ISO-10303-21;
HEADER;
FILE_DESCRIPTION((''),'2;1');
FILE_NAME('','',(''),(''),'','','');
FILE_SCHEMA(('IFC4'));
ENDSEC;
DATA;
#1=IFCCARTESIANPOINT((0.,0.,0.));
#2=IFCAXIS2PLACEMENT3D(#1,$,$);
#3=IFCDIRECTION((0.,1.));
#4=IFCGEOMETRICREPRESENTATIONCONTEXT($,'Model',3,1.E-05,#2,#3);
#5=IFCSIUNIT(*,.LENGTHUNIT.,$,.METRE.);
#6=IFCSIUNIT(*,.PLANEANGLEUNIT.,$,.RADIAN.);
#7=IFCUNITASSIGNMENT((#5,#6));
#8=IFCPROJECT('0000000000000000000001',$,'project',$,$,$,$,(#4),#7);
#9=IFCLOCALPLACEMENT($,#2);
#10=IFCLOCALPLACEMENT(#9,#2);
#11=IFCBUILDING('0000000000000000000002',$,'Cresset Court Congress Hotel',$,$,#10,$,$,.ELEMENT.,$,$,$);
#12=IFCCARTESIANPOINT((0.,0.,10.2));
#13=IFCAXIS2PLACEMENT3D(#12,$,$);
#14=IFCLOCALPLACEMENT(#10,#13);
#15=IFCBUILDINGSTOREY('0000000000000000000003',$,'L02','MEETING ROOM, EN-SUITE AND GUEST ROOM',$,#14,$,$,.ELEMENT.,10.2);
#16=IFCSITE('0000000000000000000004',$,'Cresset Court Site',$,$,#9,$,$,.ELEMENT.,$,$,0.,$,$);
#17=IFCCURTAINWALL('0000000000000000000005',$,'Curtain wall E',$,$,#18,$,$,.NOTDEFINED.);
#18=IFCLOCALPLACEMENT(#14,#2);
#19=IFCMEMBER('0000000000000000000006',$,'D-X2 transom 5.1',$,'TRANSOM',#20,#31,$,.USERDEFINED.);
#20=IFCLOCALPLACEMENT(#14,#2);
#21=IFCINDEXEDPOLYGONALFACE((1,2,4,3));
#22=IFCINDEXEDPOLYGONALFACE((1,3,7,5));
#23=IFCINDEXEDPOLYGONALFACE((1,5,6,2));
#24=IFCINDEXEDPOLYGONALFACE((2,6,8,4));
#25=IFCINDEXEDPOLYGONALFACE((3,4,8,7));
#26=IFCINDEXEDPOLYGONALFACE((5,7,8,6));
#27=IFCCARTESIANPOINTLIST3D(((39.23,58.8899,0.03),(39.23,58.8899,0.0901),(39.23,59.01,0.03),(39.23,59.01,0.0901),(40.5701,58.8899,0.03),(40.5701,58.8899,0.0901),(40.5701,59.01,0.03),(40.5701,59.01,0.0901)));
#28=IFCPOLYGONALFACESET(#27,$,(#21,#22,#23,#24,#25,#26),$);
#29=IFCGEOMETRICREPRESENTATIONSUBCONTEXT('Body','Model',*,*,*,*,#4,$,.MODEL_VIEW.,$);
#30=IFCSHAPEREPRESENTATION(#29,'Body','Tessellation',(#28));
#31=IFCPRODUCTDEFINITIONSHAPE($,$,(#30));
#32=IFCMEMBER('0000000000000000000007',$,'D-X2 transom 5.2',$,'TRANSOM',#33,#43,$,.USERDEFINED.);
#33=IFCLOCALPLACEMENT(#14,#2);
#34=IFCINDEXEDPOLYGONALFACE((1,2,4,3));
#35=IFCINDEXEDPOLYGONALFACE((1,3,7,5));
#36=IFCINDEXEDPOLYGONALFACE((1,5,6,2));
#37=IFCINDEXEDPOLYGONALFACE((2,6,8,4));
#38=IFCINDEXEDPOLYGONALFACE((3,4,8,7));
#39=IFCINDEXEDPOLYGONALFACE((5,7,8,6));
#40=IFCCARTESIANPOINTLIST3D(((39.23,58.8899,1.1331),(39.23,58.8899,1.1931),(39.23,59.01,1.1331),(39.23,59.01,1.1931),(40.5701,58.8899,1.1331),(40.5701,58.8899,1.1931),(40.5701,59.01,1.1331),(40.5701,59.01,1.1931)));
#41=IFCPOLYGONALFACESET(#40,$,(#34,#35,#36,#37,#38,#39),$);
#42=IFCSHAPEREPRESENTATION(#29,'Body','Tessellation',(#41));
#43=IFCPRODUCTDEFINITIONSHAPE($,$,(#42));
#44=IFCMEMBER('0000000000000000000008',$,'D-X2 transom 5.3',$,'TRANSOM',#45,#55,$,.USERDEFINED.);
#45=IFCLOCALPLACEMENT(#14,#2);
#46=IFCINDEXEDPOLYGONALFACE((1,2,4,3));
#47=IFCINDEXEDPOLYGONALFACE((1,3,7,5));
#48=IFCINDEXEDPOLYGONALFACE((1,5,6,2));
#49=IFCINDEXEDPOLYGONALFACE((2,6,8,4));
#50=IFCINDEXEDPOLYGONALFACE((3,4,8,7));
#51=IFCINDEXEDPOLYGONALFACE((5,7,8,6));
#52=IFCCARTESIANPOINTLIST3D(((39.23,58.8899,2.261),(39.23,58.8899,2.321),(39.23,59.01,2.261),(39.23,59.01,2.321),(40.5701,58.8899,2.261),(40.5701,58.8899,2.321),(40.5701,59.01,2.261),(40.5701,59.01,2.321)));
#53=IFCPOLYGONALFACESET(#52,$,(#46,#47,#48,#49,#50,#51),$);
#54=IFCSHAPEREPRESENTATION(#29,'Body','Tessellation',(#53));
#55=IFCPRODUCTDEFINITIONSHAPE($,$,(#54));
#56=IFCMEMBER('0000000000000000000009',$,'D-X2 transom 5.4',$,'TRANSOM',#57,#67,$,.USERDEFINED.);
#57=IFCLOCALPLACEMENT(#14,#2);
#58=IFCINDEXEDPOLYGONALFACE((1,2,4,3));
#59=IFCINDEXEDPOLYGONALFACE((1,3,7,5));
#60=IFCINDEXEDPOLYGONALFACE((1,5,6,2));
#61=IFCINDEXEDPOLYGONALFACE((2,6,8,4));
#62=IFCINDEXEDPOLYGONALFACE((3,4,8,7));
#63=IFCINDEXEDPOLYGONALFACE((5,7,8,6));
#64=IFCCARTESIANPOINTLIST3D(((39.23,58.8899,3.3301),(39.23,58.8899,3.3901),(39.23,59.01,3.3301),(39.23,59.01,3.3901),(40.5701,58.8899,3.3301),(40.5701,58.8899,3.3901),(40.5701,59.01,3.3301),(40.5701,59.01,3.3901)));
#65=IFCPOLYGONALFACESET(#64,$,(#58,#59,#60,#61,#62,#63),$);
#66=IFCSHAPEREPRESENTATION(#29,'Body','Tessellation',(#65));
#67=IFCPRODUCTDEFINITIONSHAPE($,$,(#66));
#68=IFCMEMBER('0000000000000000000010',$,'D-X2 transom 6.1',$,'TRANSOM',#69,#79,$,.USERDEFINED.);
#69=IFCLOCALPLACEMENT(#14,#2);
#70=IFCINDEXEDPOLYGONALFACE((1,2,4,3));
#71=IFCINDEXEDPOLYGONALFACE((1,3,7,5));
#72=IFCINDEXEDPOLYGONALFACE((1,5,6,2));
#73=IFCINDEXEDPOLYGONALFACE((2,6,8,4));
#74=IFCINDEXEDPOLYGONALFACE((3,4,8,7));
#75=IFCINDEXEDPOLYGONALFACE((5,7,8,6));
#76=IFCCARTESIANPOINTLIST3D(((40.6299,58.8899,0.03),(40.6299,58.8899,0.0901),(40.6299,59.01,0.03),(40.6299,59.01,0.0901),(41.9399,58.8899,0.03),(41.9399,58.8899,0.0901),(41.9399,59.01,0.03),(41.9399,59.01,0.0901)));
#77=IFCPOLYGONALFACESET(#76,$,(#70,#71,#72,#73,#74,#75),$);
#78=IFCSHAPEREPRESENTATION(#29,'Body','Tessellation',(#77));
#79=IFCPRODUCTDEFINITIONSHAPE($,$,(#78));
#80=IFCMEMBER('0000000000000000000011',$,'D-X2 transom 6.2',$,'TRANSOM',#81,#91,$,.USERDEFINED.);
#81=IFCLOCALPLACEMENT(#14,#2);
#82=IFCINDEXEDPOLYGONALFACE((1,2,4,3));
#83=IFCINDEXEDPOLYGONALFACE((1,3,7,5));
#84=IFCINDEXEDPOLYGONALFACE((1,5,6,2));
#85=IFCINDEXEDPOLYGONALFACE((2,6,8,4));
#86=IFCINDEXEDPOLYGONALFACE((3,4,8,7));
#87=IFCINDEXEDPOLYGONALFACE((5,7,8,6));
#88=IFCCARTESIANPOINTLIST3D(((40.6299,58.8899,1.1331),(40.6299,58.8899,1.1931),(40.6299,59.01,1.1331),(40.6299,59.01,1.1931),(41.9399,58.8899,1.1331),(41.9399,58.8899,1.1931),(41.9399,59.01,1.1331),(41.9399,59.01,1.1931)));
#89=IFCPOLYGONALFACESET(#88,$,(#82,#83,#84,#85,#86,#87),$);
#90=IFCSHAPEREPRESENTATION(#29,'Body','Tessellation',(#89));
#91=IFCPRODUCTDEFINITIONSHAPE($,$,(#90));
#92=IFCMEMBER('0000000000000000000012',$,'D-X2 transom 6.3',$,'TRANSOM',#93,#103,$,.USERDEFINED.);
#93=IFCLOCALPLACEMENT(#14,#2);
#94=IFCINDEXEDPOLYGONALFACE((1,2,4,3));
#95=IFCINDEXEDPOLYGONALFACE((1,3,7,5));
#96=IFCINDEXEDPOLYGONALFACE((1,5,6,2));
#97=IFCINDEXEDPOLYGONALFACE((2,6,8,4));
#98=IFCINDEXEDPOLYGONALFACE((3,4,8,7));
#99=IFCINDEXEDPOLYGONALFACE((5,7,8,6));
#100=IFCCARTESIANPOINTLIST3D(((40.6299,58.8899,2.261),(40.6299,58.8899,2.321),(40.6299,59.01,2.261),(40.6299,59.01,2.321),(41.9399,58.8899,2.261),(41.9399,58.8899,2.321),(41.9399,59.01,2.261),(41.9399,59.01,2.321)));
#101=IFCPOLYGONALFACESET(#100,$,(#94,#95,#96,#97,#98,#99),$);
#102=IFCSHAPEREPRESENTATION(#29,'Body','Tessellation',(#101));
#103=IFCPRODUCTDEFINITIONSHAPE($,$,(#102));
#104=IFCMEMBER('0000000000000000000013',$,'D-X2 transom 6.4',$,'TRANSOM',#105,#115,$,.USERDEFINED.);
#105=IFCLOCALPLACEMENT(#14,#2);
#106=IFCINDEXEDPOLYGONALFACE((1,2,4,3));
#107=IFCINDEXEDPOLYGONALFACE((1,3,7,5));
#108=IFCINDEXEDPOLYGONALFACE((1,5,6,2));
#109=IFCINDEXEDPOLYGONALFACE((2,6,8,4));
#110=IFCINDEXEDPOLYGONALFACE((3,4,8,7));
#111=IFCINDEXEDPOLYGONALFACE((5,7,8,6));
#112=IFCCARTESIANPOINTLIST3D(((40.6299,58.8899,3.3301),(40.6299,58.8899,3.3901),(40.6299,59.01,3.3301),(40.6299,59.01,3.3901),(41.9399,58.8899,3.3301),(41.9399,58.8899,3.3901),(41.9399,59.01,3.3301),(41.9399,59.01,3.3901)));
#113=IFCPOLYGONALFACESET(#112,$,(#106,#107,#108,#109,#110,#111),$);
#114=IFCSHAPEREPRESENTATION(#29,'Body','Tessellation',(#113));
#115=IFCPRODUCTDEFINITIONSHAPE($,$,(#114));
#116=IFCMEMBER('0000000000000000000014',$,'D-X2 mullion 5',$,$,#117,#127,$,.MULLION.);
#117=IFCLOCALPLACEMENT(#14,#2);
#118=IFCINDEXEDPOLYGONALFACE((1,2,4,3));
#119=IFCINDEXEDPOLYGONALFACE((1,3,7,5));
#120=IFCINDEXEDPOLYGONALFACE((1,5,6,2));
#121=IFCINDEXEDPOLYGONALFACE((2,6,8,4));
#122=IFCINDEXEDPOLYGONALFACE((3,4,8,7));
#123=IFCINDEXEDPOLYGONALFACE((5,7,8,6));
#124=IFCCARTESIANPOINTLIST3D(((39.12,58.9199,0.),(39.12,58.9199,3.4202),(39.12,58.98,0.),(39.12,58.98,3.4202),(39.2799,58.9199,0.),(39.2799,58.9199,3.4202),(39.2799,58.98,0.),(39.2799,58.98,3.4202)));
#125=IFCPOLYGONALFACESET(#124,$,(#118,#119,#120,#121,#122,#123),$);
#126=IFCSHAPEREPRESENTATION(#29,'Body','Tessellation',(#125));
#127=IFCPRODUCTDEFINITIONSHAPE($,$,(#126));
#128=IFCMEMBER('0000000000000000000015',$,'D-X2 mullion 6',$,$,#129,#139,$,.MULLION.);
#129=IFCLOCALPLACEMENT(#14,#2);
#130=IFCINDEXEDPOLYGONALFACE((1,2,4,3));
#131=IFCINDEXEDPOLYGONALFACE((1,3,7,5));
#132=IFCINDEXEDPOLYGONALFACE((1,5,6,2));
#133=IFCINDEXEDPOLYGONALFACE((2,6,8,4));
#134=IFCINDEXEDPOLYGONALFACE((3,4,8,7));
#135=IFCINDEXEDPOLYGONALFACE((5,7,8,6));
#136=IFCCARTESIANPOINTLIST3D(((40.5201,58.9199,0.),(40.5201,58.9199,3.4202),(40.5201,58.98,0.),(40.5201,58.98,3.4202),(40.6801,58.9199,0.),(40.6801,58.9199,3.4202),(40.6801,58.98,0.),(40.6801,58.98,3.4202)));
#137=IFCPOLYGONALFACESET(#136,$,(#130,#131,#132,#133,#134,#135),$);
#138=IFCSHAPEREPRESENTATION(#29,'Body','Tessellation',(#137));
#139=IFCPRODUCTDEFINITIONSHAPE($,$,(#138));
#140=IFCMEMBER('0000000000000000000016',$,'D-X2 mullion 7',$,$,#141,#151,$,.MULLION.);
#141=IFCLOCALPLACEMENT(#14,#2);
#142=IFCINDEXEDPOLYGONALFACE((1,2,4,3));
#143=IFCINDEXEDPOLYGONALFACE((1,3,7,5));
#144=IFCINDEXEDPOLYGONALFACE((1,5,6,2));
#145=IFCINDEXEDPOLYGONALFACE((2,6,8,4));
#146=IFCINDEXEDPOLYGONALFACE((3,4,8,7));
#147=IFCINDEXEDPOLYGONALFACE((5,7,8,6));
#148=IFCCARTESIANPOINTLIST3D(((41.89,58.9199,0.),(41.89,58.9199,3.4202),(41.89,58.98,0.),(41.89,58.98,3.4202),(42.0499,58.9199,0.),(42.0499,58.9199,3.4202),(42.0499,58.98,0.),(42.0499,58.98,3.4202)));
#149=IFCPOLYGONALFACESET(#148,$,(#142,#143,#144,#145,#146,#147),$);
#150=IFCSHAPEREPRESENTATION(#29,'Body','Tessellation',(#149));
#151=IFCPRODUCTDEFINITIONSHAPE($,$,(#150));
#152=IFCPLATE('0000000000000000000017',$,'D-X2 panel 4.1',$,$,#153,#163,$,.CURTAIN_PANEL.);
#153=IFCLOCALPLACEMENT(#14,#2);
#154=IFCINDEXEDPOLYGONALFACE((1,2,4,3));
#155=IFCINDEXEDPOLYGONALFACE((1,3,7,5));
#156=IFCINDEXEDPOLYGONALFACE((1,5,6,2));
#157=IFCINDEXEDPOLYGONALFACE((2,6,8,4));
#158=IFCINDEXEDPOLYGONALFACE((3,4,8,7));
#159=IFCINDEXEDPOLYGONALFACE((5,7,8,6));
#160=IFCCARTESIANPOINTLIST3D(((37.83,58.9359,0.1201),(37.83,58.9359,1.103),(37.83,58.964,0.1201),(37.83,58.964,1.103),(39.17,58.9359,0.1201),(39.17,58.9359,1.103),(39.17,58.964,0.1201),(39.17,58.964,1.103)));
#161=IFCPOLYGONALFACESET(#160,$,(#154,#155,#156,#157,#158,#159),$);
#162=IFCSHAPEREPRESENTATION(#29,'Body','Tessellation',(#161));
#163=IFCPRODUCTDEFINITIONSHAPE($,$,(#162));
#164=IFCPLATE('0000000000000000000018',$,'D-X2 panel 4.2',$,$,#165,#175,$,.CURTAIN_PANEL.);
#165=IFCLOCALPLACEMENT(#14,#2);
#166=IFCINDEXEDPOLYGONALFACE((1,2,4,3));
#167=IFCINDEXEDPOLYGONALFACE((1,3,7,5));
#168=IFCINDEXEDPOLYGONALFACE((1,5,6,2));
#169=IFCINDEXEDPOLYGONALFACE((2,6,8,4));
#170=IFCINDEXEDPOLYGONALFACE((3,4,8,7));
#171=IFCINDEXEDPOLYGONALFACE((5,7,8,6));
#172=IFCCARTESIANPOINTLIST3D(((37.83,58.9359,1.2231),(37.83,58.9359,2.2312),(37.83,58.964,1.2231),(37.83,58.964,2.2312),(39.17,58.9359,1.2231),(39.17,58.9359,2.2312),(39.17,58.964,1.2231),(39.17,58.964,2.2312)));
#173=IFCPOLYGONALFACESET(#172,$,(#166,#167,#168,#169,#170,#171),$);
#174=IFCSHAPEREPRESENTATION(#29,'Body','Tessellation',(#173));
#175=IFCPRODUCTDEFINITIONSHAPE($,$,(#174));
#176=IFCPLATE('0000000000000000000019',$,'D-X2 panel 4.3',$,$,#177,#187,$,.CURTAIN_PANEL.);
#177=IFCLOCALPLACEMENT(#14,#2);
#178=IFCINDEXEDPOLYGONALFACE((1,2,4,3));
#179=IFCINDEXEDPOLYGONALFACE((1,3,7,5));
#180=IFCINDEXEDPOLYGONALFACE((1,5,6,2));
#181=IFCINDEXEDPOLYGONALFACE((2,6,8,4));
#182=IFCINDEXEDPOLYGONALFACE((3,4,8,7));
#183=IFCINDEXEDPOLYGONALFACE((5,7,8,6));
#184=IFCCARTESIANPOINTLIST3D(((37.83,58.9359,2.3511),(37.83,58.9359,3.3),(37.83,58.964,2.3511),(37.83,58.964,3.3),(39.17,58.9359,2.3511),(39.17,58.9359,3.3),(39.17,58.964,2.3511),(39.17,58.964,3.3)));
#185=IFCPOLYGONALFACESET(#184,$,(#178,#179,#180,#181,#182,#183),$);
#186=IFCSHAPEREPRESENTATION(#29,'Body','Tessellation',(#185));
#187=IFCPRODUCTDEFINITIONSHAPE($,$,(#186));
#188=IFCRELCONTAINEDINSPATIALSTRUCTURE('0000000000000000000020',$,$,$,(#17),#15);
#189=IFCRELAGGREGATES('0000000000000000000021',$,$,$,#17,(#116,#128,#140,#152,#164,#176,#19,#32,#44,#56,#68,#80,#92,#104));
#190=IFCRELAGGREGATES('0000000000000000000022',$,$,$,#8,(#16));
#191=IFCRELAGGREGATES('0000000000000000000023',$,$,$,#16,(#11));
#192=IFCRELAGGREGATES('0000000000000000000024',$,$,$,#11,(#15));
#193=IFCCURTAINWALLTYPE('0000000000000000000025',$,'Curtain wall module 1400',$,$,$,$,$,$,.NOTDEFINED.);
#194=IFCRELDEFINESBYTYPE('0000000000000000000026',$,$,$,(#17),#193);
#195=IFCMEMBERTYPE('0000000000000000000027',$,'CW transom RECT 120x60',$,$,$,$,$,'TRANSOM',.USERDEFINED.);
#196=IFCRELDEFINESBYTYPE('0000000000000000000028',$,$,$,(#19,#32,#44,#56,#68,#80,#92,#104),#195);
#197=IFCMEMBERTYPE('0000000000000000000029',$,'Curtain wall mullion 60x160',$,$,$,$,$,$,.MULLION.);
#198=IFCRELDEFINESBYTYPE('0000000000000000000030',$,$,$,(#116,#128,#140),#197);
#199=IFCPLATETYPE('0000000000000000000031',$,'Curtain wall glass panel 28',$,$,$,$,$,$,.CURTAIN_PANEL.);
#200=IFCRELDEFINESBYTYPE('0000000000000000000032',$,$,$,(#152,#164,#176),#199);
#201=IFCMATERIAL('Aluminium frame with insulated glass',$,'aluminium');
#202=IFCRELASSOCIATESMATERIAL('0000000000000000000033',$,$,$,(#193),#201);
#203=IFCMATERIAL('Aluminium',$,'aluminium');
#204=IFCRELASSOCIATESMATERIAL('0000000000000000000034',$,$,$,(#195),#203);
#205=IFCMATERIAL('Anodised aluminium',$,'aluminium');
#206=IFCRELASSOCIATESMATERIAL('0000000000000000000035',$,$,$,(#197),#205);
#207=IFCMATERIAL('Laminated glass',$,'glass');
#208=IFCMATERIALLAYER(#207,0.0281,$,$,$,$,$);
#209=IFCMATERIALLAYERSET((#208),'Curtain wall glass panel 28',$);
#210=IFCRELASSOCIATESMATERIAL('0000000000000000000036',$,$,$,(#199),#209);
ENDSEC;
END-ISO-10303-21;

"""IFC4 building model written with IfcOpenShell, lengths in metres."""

from ifc_helpers import new_model, si_unit, direction, frame, origin, origin_2d, place, context, subcontext, project, spatial, rectangle, extrude, material, layer, layer_set, material_profile, profile_set, type_object, element, aggregate, save


model = new_model("IFC4")

# Units and contexts
model_context = context("Model", 3, precision=1e-05, world=origin(), true_north=direction((0.0, 1.0)))
body_context = subcontext(model_context, "Body", "Model", "MODEL_VIEW")
ifc_project = project(units=[si_unit("LENGTHUNIT", "METRE"), si_unit("PLANEANGLEUNIT", "RADIAN")], contexts=[model_context])

# Site, building, storey
site_placement = place(None, origin())
site = spatial("IfcSite", under=ifc_project, at=site_placement, Name="Cresset Court Site", CompositionType="ELEMENT", RefElevation=0.0)
building_placement = place(site_placement, origin())
building = spatial("IfcBuilding", under=site, at=building_placement, Name="Cresset Court Congress Hotel", CompositionType="ELEMENT")
storey_placement = place(building_placement, frame((0.0, 0.0, 10.2)))
storey = spatial("IfcBuildingStorey", under=building, at=storey_placement, Name="L02", Description="MEETING ROOM, EN-SUITE AND GUEST ROOM", CompositionType="ELEMENT", Elevation=10.2)

# Curtain wall, members, plates
ifc_material_1 = material(Name="Aluminium frame with insulated glass", Category="aluminium")
curtain_wall_type = type_object("IfcCurtainWallType", Name="Curtain wall module 1400", PredefinedType="NOTDEFINED", material=ifc_material_1)
curtain_wall_placement = place(storey_placement, origin())
curtain_wall = element("IfcCurtainWall", 1, at=curtain_wall_placement, inside=storey, type_object=curtain_wall_type, Name="Curtain wall E", PredefinedType="NOTDEFINED")
ifc_material_2 = material(Name="Aluminium", Category="aluminium")
ifc_material_profile_1 = material_profile(ifc_material_2, rectangle(XDim=0.1201, YDim=0.0601, at=origin_2d()), Name="AL 120x60")
ifc_profile_set_1 = profile_set([ifc_material_profile_1], Name="Aluminium")
member_type_1 = type_object("IfcMemberType", Name="CW transom RECT 120x60", ElementType="TRANSOM", PredefinedType="USERDEFINED", material=ifc_profile_set_1)
member_1_placement = place(storey_placement, frame((39.23, 58.95, 0.0601), z_axis=(1.0, 0.0, 0.0), x_axis=(0.0, 1.0, 0.0)))
member_1 = element("IfcMember", 2, at=member_1_placement, type_object=member_type_1, Name="D-X2 transom 5.1", ObjectType="TRANSOM", PredefinedType="USERDEFINED", context=body_context, shape_type="SweptSolid", body=[
    extrude(rectangle(XDim=0.1201, YDim=0.0601, at=origin_2d()), origin(), (0.0, 0.0, 1.0), 1.3401),
])
member_2_placement = place(storey_placement, frame((39.23, 58.95, 1.1631), z_axis=(1.0, 0.0, 0.0), x_axis=(0.0, 1.0, 0.0)))
member_2 = element("IfcMember", 3, at=member_2_placement, type_object=member_type_1, Name="D-X2 transom 5.2", ObjectType="TRANSOM", PredefinedType="USERDEFINED", context=body_context, shape_type="SweptSolid", body=[
    extrude(rectangle(XDim=0.1201, YDim=0.0601, at=origin_2d()), origin(), (0.0, 0.0, 1.0), 1.3401),
])
member_3_placement = place(storey_placement, frame((39.23, 58.95, 2.291), z_axis=(1.0, 0.0, 0.0), x_axis=(0.0, 1.0, 0.0)))
member_3 = element("IfcMember", 4, at=member_3_placement, type_object=member_type_1, Name="D-X2 transom 5.3", ObjectType="TRANSOM", PredefinedType="USERDEFINED", context=body_context, shape_type="SweptSolid", body=[
    extrude(rectangle(XDim=0.1201, YDim=0.0601, at=origin_2d()), origin(), (0.0, 0.0, 1.0), 1.3401),
])
member_4_placement = place(storey_placement, frame((39.23, 58.95, 3.3601), z_axis=(1.0, 0.0, 0.0), x_axis=(0.0, 1.0, 0.0)))
member_4 = element("IfcMember", 5, at=member_4_placement, type_object=member_type_1, Name="D-X2 transom 5.4", ObjectType="TRANSOM", PredefinedType="USERDEFINED", context=body_context, shape_type="SweptSolid", body=[
    extrude(rectangle(XDim=0.1201, YDim=0.0601, at=origin_2d()), origin(), (0.0, 0.0, 1.0), 1.3401),
])
member_5_placement = place(storey_placement, frame((40.6299, 58.95, 0.0601), z_axis=(1.0, 0.0, 0.0), x_axis=(0.0, 1.0, 0.0)))
member_5 = element("IfcMember", 6, at=member_5_placement, type_object=member_type_1, Name="D-X2 transom 6.1", ObjectType="TRANSOM", PredefinedType="USERDEFINED", context=body_context, shape_type="SweptSolid", body=[
    extrude(rectangle(XDim=0.1201, YDim=0.0601, at=origin_2d()), origin(), (0.0, 0.0, 1.0), 1.3101),
])
member_6_placement = place(storey_placement, frame((40.6299, 58.95, 1.1631), z_axis=(1.0, 0.0, 0.0), x_axis=(0.0, 1.0, 0.0)))
member_6 = element("IfcMember", 7, at=member_6_placement, type_object=member_type_1, Name="D-X2 transom 6.2", ObjectType="TRANSOM", PredefinedType="USERDEFINED", context=body_context, shape_type="SweptSolid", body=[
    extrude(rectangle(XDim=0.1201, YDim=0.0601, at=origin_2d()), origin(), (0.0, 0.0, 1.0), 1.3101),
])
member_7_placement = place(storey_placement, frame((40.6299, 58.95, 2.291), z_axis=(1.0, 0.0, 0.0), x_axis=(0.0, 1.0, 0.0)))
member_7 = element("IfcMember", 8, at=member_7_placement, type_object=member_type_1, Name="D-X2 transom 6.3", ObjectType="TRANSOM", PredefinedType="USERDEFINED", context=body_context, shape_type="SweptSolid", body=[
    extrude(rectangle(XDim=0.1201, YDim=0.0601, at=origin_2d()), origin(), (0.0, 0.0, 1.0), 1.3101),
])
member_8_placement = place(storey_placement, frame((40.6299, 58.95, 3.3601), z_axis=(1.0, 0.0, 0.0), x_axis=(0.0, 1.0, 0.0)))
member_8 = element("IfcMember", 9, at=member_8_placement, type_object=member_type_1, Name="D-X2 transom 6.4", ObjectType="TRANSOM", PredefinedType="USERDEFINED", context=body_context, shape_type="SweptSolid", body=[
    extrude(rectangle(XDim=0.1201, YDim=0.0601, at=origin_2d()), origin(), (0.0, 0.0, 1.0), 1.3101),
])
ifc_material_3 = material(Name="Anodised aluminium", Category="aluminium")
ifc_material_profile_2 = material_profile(ifc_material_3, rectangle(XDim=0.0601, YDim=0.1599, at=origin_2d()), Name="AL60x160")
ifc_profile_set_2 = profile_set([ifc_material_profile_2], Name="Anodised aluminium")
member_type_2 = type_object("IfcMemberType", Name="Curtain wall mullion 60x160", PredefinedType="MULLION", material=ifc_profile_set_2)
member_9_placement = place(storey_placement, frame((39.2, 58.95, 0.0), z_axis=(0.0, 0.0, 1.0), x_axis=(0.0, 1.0, 0.0)))
member_9 = element("IfcMember", 10, at=member_9_placement, type_object=member_type_2, Name="D-X2 mullion 5", PredefinedType="MULLION", context=body_context, shape_type="SweptSolid", body=[
    extrude(rectangle(XDim=0.0601, YDim=0.1599, at=origin_2d()), origin(), (0.0, 0.0, 1.0), 3.4202),
])
member_10_placement = place(storey_placement, frame((40.6001, 58.95, 0.0), z_axis=(0.0, 0.0, 1.0), x_axis=(0.0, 1.0, 0.0)))
member_10 = element("IfcMember", 11, at=member_10_placement, type_object=member_type_2, Name="D-X2 mullion 6", PredefinedType="MULLION", context=body_context, shape_type="SweptSolid", body=[
    extrude(rectangle(XDim=0.0601, YDim=0.1599, at=origin_2d()), origin(), (0.0, 0.0, 1.0), 3.4202),
])
member_11_placement = place(storey_placement, frame((41.97, 58.95, 0.0), z_axis=(0.0, 0.0, 1.0), x_axis=(0.0, 1.0, 0.0)))
member_11 = element("IfcMember", 12, at=member_11_placement, type_object=member_type_2, Name="D-X2 mullion 7", PredefinedType="MULLION", context=body_context, shape_type="SweptSolid", body=[
    extrude(rectangle(XDim=0.0601, YDim=0.1599, at=origin_2d()), origin(), (0.0, 0.0, 1.0), 3.4202),
])
ifc_material_4 = material(Name="Laminated glass", Category="glass")
ifc_layer_1 = layer(ifc_material_4, 0.0281)
ifc_layer_set_1 = layer_set([ifc_layer_1], Name="Curtain wall glass panel 28")
plate_type = type_object("IfcPlateType", Name="Curtain wall glass panel 28", PredefinedType="CURTAIN_PANEL", material=ifc_layer_set_1)
plate_1_placement = place(storey_placement, frame((38.5, 58.95, 0.1201), z_axis=(0.0, 0.0, 1.0), x_axis=(1.0, 0.0, 0.0)))
plate_1 = element("IfcPlate", 13, at=plate_1_placement, type_object=plate_type, Name="D-X2 panel 4.1", PredefinedType="CURTAIN_PANEL", context=body_context, shape_type="SweptSolid", body=[
    extrude(rectangle(XDim=1.3401, YDim=0.0281, at=origin_2d()), origin(), (0.0, 0.0, 1.0), 0.9829),
])
plate_2_placement = place(storey_placement, frame((38.5, 58.95, 1.2231), z_axis=(0.0, 0.0, 1.0), x_axis=(1.0, 0.0, 0.0)))
plate_2 = element("IfcPlate", 14, at=plate_2_placement, type_object=plate_type, Name="D-X2 panel 4.2", PredefinedType="CURTAIN_PANEL", context=body_context, shape_type="SweptSolid", body=[
    extrude(rectangle(XDim=1.3401, YDim=0.0281, at=origin_2d()), origin(), (0.0, 0.0, 1.0), 1.0081),
])
plate_3_placement = place(storey_placement, frame((38.5, 58.95, 2.3511), z_axis=(0.0, 0.0, 1.0), x_axis=(1.0, 0.0, 0.0)))
plate_3 = element("IfcPlate", 15, at=plate_3_placement, type_object=plate_type, Name="D-X2 panel 4.3", PredefinedType="CURTAIN_PANEL", context=body_context, shape_type="SweptSolid", body=[
    extrude(rectangle(XDim=1.3401, YDim=0.0281, at=origin_2d()), origin(), (0.0, 0.0, 1.0), 0.949),
])
aggregate(curtain_wall, [member_9, member_10, member_11, plate_1, plate_2, plate_3, member_1, member_2, member_3, member_4, member_5, member_6, member_7, member_8])

save(model, "model.ifc")
